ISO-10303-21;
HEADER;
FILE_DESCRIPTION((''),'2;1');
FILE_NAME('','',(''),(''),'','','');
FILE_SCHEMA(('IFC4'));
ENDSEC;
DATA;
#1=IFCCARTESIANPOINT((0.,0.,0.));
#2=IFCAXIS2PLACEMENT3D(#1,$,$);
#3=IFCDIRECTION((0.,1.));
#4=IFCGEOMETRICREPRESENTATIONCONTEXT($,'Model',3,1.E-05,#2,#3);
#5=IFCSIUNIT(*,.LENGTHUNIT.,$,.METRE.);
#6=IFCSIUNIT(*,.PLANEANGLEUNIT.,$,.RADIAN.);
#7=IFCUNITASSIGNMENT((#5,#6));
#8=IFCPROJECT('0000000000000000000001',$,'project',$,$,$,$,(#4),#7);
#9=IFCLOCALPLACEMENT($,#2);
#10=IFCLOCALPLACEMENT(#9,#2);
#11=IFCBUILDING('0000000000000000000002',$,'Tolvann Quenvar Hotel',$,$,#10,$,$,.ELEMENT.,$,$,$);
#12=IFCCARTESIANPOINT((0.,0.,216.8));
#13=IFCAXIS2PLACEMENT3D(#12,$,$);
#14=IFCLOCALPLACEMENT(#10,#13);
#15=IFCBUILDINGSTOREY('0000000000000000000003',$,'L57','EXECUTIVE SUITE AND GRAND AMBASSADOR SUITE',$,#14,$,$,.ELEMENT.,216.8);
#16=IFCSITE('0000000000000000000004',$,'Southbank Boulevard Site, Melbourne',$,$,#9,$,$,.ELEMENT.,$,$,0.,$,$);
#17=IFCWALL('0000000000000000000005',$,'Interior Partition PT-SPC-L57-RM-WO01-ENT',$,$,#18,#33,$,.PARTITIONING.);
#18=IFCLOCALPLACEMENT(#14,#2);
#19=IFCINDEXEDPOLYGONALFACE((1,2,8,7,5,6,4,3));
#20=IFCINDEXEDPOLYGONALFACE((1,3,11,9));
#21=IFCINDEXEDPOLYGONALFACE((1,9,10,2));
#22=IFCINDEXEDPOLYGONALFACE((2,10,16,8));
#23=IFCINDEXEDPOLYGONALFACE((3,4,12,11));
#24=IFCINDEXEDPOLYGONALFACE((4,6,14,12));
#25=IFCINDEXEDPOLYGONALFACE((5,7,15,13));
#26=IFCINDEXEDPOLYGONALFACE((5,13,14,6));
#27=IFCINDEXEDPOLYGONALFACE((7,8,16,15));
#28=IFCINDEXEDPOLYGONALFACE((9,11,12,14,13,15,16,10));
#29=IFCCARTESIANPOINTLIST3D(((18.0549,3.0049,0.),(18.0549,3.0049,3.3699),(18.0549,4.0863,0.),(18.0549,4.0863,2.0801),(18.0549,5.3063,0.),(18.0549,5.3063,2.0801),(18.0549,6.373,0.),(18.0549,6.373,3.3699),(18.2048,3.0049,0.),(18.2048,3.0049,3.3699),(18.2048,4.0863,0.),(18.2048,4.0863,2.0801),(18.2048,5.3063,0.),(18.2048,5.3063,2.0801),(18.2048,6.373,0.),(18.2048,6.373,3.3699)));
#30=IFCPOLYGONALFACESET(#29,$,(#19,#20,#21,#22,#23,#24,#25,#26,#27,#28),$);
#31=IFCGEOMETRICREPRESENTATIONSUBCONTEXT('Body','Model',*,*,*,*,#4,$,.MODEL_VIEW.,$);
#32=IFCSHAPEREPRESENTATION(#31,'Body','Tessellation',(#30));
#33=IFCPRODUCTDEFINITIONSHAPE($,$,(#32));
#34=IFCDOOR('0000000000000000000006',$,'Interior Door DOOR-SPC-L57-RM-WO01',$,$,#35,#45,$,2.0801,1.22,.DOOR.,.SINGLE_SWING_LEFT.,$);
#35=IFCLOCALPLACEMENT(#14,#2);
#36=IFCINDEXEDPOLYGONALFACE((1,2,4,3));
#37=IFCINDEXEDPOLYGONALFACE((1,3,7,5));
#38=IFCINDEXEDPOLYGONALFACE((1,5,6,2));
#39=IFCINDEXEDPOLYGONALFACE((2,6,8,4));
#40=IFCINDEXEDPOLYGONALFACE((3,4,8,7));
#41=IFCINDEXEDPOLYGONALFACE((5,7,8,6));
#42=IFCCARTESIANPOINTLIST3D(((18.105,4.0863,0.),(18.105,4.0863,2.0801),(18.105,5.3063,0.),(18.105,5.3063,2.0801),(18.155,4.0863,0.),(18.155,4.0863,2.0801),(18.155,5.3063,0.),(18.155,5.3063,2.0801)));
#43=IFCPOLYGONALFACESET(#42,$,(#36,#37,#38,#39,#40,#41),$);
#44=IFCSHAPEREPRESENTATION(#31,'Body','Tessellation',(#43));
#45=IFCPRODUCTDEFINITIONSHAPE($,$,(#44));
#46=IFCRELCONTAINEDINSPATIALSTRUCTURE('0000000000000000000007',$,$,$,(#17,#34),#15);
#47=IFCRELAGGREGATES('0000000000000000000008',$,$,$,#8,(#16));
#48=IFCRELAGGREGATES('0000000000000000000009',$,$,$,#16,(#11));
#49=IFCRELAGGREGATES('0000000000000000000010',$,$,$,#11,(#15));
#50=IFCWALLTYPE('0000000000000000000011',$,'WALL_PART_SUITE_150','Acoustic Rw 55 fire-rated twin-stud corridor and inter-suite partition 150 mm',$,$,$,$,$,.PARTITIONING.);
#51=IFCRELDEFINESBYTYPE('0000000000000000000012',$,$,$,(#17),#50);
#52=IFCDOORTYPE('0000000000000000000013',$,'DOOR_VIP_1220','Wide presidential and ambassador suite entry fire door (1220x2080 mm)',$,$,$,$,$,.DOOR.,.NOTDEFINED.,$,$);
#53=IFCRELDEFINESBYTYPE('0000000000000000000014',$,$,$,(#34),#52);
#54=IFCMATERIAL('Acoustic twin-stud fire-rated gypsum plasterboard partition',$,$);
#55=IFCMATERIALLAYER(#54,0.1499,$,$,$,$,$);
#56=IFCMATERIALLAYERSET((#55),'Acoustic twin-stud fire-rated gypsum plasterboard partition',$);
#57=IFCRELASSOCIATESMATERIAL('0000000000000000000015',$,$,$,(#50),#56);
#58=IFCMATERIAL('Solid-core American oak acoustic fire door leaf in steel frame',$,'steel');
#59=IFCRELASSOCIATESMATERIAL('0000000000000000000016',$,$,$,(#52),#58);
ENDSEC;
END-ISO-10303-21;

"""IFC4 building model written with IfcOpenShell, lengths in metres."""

from ifc_helpers import new_model, si_unit, direction, frame, frame_2d, origin, place, context, subcontext, project, spatial, rectangle, extrude, source, transform, mapped, material, layer, layer_set, type_object, type_shapes, element, fill, save


model = new_model("IFC4")

# Units and contexts
model_context = context("Model", 3, precision=1e-05, world=origin(), true_north=direction((0.0, 1.0)))
body_context = subcontext(model_context, "Body", "Model", "MODEL_VIEW")
ifc_project = project(units=[si_unit("LENGTHUNIT", "METRE"), si_unit("PLANEANGLEUNIT", "RADIAN")], contexts=[model_context])

# Site, building, storey
site_placement = place(None, origin())
site = spatial("IfcSite", under=ifc_project, at=site_placement, Name="Southbank Boulevard Site, Melbourne", CompositionType="ELEMENT", RefElevation=0.0)
building_placement = place(site_placement, origin())
building = spatial("IfcBuilding", under=site, at=building_placement, Name="Tolvann Quenvar Hotel", CompositionType="ELEMENT")
storey_placement = place(building_placement, frame((0.0, 0.0, 216.8)))
storey = spatial("IfcBuildingStorey", under=building, at=storey_placement, Name="L57", Description="EXECUTIVE SUITE AND GRAND AMBASSADOR SUITE", CompositionType="ELEMENT", Elevation=216.8)

# Shared definitions
ifc_material_1 = material(Name="Acoustic twin-stud fire-rated gypsum plasterboard partition")
ifc_layer_1 = layer(ifc_material_1, 0.1499)
ifc_layer_set_1 = layer_set([ifc_layer_1], Name="Acoustic twin-stud fire-rated gypsum plasterboard partition")
wall_type_1 = type_object("IfcWallType", Name="WALL_PART_SUITE_150", Description="Acoustic Rw 55 fire-rated twin-stud corridor and inter-suite partition 150 mm", PredefinedType="PARTITIONING", material=ifc_layer_set_1)

# Shared definitions
ifc_material_2 = material(Name="Solid-core American oak acoustic fire door leaf in steel frame", Category="steel")

# Wall, opening, door
wall_1_placement = place(storey_placement, frame((18.1299, 3.0049, 0.0), z_axis=(0.0, 0.0, 1.0), x_axis=(0.0, 1.0, 0.0)))
wall_1 = element("IfcWall", 1, at=wall_1_placement, inside=storey, type_object=wall_type_1, Name="Interior Partition PT-SPC-L57-RM-WO01-ENT", PredefinedType="PARTITIONING", context=body_context, shape_type="SweptSolid", body=[
    extrude(rectangle(XDim=3.3682, YDim=0.1499, at=frame_2d((1.6841, 0.0))), origin(), (0.0, 0.0, 1.0), 3.3699),
])
opening_1_placement = place(wall_1_placement, frame((1.0815, 0.0, 0.0)))
opening_1 = element("IfcOpeningElement", 2, at=opening_1_placement, cuts=wall_1, PredefinedType="OPENING", context=body_context, shape_type="SweptSolid", body=[
    extrude(rectangle(XDim=1.22, YDim=2.0801, at=frame_2d((0.6099, 1.04))), frame((0.0, 0.085, 0.0), z_axis=(0.0, -1.0, 0.0), x_axis=(1.0, 0.0, 0.0)), (0.0, 0.0, 1.0), 0.1699),
])
door_type_1 = type_object("IfcDoorType", Name="DOOR_VIP_1220", Description="Wide presidential and ambassador suite entry fire door (1220x2080 mm)", OperationType="NOTDEFINED", PredefinedType="DOOR", material=ifc_material_2)
shared_shape_1 = source(origin(), body_context, "Body", "SweptSolid", [
    extrude(rectangle(XDim=1.22, YDim=2.0801, at=frame_2d((0.6099, 1.04))), frame((0.0, 0.0249, 0.0), z_axis=(0.0, -1.0, 0.0), x_axis=(1.0, 0.0, 0.0)), (0.0, 0.0, 1.0), 0.05),
])
type_shapes(door_type_1, [shared_shape_1])
door_1_placement = place(opening_1_placement, origin())
door_1 = element("IfcDoor", 3, at=door_1_placement, inside=storey, type_object=door_type_1, Name="Interior Door DOOR-SPC-L57-RM-WO01", OperationType="SINGLE_SWING_LEFT", OverallHeight=2.0801, OverallWidth=1.22, PredefinedType="DOOR", context=body_context, shape_type="MappedRepresentation", body=[
    mapped(shared_shape_1, transform((0.0, 0.0, 0.0), x_axis=(1.0, 0.0, 0.0), y_axis=(0.0, 1.0, 0.0), z_axis=(0.0, 0.0, 1.0), scale=1.0)),
])
fill(opening_1, door_1)

save(model, "model.ifc")
